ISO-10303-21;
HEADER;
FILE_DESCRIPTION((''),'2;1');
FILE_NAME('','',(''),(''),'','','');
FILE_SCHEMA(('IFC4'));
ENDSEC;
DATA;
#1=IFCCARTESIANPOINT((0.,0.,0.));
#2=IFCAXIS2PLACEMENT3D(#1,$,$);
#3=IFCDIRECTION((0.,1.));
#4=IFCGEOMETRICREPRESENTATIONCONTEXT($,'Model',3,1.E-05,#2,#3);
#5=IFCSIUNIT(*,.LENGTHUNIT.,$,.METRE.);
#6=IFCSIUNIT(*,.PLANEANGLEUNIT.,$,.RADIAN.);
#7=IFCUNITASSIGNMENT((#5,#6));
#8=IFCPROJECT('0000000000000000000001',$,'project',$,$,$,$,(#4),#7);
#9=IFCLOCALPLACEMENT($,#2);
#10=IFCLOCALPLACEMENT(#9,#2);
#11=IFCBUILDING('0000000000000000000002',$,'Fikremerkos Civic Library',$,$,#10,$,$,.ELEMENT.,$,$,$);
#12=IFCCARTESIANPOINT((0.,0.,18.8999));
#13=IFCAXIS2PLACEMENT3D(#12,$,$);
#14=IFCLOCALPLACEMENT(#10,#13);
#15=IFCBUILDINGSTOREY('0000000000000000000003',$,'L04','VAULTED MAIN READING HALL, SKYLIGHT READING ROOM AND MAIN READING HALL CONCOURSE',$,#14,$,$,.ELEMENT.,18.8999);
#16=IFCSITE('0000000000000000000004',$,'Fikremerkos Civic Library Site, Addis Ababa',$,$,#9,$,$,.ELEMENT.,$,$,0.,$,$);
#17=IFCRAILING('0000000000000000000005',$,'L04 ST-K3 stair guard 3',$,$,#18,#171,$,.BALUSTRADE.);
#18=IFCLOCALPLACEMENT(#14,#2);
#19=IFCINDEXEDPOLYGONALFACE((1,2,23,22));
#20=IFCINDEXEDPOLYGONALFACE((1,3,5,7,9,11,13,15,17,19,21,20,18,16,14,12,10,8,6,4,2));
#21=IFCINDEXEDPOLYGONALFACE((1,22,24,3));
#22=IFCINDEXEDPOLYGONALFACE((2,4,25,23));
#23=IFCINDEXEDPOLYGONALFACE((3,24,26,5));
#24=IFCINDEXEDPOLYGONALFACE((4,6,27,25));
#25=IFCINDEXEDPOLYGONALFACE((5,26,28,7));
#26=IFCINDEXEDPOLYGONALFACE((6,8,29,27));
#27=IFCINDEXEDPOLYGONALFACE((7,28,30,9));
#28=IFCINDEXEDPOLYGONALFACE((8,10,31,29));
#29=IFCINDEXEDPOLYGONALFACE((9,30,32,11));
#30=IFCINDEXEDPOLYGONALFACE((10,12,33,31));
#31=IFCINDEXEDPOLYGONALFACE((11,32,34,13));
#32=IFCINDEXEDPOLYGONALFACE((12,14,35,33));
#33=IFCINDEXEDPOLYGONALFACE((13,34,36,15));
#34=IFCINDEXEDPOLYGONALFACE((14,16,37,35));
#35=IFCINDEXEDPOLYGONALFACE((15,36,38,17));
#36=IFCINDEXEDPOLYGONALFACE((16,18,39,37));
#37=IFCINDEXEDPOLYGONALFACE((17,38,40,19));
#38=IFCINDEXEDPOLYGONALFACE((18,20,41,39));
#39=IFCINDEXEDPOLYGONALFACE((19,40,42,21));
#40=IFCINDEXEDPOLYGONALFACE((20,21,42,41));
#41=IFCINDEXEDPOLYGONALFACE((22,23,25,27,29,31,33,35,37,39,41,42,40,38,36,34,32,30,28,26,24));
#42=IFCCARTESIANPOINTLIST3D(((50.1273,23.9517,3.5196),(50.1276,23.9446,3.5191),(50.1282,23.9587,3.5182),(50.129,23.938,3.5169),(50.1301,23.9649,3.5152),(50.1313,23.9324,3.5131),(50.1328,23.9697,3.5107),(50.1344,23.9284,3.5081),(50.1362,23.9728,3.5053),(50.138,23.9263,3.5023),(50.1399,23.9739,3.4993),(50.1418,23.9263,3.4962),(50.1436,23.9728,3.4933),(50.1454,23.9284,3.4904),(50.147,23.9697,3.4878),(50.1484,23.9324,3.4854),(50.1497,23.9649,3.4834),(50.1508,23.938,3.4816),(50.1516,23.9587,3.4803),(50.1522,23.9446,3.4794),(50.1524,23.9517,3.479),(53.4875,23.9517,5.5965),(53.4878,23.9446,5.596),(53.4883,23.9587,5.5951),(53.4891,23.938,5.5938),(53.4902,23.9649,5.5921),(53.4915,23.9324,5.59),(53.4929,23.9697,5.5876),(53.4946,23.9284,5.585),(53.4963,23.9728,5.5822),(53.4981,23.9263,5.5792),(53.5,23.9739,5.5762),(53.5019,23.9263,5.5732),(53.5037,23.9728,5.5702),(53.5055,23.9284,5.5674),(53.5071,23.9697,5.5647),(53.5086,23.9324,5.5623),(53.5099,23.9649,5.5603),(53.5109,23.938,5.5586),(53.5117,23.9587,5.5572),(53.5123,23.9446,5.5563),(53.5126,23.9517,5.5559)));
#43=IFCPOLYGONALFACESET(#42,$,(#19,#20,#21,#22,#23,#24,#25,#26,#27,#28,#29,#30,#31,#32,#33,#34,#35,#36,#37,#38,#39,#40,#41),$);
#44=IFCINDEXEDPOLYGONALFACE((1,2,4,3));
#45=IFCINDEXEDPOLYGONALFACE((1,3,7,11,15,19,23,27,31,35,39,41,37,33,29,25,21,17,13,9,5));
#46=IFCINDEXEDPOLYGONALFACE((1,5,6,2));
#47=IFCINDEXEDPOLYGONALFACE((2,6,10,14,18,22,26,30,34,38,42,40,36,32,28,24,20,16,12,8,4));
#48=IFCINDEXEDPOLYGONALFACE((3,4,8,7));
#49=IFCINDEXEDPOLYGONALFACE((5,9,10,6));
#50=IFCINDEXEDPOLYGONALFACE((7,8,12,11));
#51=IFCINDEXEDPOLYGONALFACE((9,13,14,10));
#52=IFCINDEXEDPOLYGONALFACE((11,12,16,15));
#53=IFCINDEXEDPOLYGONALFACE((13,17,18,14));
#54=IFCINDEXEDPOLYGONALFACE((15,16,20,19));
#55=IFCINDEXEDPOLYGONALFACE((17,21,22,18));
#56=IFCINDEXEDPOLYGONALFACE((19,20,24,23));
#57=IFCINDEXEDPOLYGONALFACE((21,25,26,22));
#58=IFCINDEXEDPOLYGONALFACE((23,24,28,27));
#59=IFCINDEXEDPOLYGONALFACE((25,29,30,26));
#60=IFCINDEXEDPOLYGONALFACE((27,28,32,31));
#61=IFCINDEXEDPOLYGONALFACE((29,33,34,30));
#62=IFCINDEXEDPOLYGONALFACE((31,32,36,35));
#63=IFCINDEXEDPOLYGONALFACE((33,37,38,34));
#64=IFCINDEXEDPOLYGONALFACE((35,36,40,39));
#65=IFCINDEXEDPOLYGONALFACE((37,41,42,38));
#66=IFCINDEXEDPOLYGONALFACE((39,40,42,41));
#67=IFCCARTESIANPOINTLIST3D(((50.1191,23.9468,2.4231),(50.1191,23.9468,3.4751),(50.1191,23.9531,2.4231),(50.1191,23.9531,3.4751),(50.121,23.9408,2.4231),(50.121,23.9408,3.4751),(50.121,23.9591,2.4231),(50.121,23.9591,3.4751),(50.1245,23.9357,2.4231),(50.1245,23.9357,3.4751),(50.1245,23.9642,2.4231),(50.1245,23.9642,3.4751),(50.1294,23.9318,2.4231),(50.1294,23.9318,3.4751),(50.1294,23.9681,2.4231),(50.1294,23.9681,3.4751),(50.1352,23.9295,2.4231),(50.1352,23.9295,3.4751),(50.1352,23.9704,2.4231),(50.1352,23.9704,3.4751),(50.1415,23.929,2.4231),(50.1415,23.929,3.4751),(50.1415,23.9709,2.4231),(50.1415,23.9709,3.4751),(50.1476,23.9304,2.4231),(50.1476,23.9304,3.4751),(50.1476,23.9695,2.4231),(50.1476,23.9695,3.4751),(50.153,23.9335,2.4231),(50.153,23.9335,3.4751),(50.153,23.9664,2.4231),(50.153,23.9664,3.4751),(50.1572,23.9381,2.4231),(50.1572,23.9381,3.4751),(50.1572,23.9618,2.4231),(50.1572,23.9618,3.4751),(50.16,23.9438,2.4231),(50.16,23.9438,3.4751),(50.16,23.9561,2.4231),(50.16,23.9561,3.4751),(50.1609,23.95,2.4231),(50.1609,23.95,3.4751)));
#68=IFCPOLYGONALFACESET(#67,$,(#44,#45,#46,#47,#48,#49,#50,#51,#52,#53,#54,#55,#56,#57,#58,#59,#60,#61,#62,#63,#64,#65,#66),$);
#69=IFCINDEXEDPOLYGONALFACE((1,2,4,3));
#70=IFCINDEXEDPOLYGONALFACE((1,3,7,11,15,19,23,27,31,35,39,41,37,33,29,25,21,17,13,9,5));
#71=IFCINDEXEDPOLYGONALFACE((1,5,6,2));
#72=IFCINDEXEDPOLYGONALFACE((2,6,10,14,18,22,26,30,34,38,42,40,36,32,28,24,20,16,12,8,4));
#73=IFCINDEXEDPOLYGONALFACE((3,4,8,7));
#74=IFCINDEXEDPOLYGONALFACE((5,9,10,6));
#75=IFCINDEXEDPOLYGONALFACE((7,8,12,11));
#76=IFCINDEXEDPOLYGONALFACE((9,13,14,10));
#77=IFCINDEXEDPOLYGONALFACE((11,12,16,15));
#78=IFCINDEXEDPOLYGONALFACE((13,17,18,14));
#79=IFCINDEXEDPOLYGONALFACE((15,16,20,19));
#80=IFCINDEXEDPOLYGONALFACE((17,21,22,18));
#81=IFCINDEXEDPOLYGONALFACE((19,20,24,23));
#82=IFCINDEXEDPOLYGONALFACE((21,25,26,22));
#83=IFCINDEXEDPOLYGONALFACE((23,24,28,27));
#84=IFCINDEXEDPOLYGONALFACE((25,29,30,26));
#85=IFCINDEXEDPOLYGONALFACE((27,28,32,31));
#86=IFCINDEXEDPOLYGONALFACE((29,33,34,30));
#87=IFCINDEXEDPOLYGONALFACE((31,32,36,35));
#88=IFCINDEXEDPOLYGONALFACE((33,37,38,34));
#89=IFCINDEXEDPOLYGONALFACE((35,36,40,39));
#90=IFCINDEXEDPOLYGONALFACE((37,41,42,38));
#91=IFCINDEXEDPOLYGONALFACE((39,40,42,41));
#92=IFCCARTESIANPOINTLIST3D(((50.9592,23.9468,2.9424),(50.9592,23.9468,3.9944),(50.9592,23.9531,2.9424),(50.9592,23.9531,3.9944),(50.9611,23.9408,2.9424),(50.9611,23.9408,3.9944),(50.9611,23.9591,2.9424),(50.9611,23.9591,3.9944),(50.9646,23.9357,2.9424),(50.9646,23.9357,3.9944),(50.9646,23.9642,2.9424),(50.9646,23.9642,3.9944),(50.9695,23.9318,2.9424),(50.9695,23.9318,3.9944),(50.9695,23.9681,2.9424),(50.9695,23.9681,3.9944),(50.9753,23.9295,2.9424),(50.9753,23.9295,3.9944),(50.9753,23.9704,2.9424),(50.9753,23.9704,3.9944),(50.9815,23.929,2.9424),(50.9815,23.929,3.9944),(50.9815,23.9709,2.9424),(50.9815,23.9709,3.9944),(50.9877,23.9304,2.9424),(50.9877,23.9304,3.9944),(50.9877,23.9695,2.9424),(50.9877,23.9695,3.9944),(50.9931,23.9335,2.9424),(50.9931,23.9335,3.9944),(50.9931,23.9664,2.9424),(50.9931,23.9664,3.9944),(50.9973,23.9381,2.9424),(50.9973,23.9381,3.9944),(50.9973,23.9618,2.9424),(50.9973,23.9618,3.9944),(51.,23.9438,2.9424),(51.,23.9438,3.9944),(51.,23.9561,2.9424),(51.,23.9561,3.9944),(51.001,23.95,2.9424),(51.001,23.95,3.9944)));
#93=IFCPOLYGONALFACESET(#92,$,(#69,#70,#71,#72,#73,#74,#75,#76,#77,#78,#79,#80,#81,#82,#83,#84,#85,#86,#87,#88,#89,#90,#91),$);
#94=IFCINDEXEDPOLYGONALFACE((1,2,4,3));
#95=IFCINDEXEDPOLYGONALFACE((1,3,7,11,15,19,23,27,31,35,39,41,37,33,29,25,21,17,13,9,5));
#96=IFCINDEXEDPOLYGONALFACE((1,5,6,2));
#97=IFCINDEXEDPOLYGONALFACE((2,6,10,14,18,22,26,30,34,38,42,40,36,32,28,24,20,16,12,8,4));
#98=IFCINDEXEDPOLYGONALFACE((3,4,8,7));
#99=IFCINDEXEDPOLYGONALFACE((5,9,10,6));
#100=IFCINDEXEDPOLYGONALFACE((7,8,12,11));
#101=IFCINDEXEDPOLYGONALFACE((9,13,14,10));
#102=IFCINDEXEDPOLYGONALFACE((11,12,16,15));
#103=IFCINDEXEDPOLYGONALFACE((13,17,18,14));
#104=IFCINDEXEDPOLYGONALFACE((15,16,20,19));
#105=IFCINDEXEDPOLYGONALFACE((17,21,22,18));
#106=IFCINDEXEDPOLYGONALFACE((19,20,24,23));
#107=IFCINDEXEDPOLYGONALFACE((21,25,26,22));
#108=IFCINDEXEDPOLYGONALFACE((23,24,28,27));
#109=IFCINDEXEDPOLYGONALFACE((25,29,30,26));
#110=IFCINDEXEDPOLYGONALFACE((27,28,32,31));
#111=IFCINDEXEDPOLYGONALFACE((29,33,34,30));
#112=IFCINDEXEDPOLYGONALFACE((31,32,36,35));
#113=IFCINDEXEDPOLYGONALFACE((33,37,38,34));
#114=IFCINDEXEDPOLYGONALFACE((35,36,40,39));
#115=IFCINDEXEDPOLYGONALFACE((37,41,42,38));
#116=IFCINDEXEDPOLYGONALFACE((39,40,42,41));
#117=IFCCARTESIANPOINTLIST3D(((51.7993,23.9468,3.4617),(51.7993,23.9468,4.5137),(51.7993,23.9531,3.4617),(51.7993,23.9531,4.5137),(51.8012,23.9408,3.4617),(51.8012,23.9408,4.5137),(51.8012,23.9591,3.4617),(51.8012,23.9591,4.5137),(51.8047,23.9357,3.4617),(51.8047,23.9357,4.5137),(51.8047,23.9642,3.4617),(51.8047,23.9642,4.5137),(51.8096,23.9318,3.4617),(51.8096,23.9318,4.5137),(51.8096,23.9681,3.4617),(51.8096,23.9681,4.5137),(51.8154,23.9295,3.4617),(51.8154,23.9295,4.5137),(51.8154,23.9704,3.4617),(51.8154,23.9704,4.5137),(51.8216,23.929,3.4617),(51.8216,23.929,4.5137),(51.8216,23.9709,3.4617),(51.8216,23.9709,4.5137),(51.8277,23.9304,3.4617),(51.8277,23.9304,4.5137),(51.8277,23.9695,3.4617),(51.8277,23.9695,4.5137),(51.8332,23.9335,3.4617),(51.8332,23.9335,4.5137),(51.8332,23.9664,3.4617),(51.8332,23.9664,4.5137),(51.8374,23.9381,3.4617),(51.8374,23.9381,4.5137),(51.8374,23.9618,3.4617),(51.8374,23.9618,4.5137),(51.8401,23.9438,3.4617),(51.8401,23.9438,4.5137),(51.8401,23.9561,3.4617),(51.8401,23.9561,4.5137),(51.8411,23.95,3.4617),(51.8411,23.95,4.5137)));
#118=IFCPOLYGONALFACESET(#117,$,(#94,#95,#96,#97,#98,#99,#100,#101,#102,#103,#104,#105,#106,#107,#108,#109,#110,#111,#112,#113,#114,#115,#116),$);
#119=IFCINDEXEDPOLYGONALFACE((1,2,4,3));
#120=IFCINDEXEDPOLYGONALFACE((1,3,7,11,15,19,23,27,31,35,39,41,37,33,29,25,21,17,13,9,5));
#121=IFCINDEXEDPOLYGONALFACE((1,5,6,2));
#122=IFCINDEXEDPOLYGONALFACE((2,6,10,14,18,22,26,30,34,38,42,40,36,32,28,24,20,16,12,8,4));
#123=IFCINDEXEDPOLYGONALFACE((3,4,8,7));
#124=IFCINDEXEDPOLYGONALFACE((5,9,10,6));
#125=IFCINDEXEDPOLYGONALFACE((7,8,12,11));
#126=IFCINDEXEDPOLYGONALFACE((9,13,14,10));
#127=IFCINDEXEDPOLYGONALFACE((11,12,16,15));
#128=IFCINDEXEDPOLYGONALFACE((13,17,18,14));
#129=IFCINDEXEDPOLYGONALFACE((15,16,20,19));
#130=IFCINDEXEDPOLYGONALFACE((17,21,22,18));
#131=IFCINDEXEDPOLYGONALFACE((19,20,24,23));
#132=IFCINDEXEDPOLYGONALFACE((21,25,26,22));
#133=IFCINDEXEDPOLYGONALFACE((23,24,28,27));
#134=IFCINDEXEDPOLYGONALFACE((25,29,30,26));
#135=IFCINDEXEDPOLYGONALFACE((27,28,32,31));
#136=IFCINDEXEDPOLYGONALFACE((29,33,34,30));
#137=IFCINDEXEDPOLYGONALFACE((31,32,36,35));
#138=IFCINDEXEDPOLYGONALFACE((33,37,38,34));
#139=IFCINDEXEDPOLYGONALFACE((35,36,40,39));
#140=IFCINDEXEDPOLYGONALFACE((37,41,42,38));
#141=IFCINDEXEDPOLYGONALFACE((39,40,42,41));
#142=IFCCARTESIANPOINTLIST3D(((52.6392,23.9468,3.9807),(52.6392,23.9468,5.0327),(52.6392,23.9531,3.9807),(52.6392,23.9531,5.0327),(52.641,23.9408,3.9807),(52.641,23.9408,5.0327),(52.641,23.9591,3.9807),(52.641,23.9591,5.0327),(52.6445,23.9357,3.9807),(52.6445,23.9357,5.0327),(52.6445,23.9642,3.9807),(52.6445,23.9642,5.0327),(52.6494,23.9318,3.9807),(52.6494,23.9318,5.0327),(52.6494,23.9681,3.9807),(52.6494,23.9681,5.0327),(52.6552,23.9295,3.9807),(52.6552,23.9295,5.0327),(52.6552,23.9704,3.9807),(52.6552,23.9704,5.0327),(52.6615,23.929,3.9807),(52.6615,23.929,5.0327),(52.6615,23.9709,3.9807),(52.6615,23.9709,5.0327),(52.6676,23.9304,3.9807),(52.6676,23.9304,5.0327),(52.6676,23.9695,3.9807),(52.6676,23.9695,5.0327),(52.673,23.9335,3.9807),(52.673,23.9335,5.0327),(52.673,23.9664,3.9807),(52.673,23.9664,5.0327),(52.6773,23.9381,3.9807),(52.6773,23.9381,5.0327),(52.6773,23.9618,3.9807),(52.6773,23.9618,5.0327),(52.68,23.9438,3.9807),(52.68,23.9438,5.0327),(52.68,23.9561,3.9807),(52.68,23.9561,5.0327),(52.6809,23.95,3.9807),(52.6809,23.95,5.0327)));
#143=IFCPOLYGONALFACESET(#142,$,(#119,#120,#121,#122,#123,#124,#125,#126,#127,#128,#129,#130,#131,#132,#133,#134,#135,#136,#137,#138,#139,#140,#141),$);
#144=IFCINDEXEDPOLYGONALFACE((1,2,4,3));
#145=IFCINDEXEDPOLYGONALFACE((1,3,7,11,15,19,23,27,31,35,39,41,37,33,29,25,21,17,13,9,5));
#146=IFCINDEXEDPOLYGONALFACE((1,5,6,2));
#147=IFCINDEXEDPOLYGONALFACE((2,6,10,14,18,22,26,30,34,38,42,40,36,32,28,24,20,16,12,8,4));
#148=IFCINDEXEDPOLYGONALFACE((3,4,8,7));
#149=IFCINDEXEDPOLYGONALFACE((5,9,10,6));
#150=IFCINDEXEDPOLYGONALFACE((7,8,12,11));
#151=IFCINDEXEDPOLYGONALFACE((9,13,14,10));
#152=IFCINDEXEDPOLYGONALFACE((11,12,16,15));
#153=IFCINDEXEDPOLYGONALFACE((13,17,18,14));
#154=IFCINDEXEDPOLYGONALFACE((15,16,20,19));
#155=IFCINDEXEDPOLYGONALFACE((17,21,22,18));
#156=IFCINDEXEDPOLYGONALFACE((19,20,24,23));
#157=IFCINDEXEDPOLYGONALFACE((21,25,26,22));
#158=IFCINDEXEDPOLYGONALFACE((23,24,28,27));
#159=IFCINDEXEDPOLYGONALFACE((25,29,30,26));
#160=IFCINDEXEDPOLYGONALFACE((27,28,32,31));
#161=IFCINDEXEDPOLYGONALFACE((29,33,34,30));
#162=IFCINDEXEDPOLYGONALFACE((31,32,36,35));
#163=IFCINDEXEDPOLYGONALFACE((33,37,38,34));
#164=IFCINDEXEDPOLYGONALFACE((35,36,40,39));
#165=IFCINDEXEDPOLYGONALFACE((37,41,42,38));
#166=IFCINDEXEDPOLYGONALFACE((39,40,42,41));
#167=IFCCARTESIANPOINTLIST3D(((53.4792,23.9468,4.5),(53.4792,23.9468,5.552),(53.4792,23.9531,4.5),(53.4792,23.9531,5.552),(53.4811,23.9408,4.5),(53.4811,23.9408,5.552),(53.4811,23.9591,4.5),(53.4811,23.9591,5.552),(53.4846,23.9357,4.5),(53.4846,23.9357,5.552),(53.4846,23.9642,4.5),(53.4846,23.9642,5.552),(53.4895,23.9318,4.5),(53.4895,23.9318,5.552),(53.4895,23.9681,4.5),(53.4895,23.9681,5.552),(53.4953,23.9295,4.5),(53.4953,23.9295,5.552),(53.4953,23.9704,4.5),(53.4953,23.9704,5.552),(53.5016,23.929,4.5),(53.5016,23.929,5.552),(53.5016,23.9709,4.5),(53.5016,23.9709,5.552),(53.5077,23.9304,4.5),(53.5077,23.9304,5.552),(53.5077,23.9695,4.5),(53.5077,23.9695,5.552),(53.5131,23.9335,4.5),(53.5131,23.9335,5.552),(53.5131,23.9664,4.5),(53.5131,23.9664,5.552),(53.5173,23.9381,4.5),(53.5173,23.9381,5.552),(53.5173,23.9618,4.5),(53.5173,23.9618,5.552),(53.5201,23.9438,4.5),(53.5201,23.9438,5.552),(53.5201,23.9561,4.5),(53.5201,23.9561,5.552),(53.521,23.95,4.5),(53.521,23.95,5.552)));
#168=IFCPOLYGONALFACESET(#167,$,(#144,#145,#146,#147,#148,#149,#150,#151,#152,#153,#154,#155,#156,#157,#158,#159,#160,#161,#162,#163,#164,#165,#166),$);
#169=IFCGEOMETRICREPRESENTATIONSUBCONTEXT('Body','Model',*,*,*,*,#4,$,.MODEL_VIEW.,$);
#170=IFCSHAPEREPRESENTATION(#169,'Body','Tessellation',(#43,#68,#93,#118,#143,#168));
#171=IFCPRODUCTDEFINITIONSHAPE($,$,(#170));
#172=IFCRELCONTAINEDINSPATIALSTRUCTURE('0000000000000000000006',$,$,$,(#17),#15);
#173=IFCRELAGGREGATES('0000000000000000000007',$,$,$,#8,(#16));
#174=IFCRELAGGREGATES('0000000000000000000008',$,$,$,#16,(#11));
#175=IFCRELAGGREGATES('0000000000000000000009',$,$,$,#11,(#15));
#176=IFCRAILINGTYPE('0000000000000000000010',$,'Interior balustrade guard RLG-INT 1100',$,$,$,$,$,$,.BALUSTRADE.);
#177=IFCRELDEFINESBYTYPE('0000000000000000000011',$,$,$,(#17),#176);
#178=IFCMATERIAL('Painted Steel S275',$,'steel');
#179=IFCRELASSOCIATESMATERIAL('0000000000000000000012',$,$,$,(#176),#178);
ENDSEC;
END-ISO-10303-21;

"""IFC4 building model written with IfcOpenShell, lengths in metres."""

from ifc_helpers import new_model, si_unit, direction, frame, origin, origin_2d, place, context, subcontext, project, spatial, circle, extrude, material, type_object, element, save


model = new_model("IFC4")

# Units and contexts
model_context = context("Model", 3, precision=1e-05, world=origin(), true_north=direction((0.0, 1.0)))
body_context = subcontext(model_context, "Body", "Model", "MODEL_VIEW")
ifc_project = project(units=[si_unit("LENGTHUNIT", "METRE"), si_unit("PLANEANGLEUNIT", "RADIAN")], contexts=[model_context])

# Site, building, storey
site_placement = place(None, origin())
site = spatial("IfcSite", under=ifc_project, at=site_placement, Name="Fikremerkos Civic Library Site, Addis Ababa", CompositionType="ELEMENT", RefElevation=0.0)
building_placement = place(site_placement, origin())
building = spatial("IfcBuilding", under=site, at=building_placement, Name="Fikremerkos Civic Library", CompositionType="ELEMENT")
storey_placement = place(building_placement, frame((0.0, 0.0, 18.8999)))
storey = spatial("IfcBuildingStorey", under=building, at=storey_placement, Name="L04", Description="VAULTED MAIN READING HALL, SKYLIGHT READING ROOM AND MAIN READING HALL CONCOURSE", CompositionType="ELEMENT", Elevation=18.8999)

# Railing
ifc_material_1 = material(Name="Painted Steel S275", Category="steel")
railing_type_1 = type_object("IfcRailingType", Name="Interior balustrade guard RLG-INT 1100", PredefinedType="BALUSTRADE", material=ifc_material_1)
railing_1_placement = place(storey_placement, frame((50.1399, 23.95, 2.4231)))
element("IfcRailing", 1, at=railing_1_placement, inside=storey, type_object=railing_type_1, Name="L04 ST-K3 stair guard 3", PredefinedType="BALUSTRADE", context=body_context, shape_type="SweptSolid", body=[
    extrude(circle(Radius=0.0239, at=origin_2d()), frame((0.0, 0.0, 1.0762), z_axis=(0.850623, 0.0, 0.525776), x_axis=(0.0, 1.0, 0.0)), (0.0, 0.0, 1.0), 3.9502),
    extrude(circle(Radius=0.021, at=origin_2d()), origin(), (0.0, 0.0, 1.0), 1.052),
    extrude(circle(Radius=0.021, at=origin_2d()), frame((0.8401, 0.0, 0.5193)), (0.0, 0.0, 1.0), 1.052),
    extrude(circle(Radius=0.021, at=origin_2d()), frame((1.6802, 0.0, 1.0386)), (0.0, 0.0, 1.0), 1.052),
    extrude(circle(Radius=0.021, at=origin_2d()), frame((2.52, 0.0, 1.5576)), (0.0, 0.0, 1.0), 1.052),
    extrude(circle(Radius=0.021, at=origin_2d()), frame((3.3601, 0.0, 2.0769)), (0.0, 0.0, 1.0), 1.052),
])

save(model, "model.ifc")
